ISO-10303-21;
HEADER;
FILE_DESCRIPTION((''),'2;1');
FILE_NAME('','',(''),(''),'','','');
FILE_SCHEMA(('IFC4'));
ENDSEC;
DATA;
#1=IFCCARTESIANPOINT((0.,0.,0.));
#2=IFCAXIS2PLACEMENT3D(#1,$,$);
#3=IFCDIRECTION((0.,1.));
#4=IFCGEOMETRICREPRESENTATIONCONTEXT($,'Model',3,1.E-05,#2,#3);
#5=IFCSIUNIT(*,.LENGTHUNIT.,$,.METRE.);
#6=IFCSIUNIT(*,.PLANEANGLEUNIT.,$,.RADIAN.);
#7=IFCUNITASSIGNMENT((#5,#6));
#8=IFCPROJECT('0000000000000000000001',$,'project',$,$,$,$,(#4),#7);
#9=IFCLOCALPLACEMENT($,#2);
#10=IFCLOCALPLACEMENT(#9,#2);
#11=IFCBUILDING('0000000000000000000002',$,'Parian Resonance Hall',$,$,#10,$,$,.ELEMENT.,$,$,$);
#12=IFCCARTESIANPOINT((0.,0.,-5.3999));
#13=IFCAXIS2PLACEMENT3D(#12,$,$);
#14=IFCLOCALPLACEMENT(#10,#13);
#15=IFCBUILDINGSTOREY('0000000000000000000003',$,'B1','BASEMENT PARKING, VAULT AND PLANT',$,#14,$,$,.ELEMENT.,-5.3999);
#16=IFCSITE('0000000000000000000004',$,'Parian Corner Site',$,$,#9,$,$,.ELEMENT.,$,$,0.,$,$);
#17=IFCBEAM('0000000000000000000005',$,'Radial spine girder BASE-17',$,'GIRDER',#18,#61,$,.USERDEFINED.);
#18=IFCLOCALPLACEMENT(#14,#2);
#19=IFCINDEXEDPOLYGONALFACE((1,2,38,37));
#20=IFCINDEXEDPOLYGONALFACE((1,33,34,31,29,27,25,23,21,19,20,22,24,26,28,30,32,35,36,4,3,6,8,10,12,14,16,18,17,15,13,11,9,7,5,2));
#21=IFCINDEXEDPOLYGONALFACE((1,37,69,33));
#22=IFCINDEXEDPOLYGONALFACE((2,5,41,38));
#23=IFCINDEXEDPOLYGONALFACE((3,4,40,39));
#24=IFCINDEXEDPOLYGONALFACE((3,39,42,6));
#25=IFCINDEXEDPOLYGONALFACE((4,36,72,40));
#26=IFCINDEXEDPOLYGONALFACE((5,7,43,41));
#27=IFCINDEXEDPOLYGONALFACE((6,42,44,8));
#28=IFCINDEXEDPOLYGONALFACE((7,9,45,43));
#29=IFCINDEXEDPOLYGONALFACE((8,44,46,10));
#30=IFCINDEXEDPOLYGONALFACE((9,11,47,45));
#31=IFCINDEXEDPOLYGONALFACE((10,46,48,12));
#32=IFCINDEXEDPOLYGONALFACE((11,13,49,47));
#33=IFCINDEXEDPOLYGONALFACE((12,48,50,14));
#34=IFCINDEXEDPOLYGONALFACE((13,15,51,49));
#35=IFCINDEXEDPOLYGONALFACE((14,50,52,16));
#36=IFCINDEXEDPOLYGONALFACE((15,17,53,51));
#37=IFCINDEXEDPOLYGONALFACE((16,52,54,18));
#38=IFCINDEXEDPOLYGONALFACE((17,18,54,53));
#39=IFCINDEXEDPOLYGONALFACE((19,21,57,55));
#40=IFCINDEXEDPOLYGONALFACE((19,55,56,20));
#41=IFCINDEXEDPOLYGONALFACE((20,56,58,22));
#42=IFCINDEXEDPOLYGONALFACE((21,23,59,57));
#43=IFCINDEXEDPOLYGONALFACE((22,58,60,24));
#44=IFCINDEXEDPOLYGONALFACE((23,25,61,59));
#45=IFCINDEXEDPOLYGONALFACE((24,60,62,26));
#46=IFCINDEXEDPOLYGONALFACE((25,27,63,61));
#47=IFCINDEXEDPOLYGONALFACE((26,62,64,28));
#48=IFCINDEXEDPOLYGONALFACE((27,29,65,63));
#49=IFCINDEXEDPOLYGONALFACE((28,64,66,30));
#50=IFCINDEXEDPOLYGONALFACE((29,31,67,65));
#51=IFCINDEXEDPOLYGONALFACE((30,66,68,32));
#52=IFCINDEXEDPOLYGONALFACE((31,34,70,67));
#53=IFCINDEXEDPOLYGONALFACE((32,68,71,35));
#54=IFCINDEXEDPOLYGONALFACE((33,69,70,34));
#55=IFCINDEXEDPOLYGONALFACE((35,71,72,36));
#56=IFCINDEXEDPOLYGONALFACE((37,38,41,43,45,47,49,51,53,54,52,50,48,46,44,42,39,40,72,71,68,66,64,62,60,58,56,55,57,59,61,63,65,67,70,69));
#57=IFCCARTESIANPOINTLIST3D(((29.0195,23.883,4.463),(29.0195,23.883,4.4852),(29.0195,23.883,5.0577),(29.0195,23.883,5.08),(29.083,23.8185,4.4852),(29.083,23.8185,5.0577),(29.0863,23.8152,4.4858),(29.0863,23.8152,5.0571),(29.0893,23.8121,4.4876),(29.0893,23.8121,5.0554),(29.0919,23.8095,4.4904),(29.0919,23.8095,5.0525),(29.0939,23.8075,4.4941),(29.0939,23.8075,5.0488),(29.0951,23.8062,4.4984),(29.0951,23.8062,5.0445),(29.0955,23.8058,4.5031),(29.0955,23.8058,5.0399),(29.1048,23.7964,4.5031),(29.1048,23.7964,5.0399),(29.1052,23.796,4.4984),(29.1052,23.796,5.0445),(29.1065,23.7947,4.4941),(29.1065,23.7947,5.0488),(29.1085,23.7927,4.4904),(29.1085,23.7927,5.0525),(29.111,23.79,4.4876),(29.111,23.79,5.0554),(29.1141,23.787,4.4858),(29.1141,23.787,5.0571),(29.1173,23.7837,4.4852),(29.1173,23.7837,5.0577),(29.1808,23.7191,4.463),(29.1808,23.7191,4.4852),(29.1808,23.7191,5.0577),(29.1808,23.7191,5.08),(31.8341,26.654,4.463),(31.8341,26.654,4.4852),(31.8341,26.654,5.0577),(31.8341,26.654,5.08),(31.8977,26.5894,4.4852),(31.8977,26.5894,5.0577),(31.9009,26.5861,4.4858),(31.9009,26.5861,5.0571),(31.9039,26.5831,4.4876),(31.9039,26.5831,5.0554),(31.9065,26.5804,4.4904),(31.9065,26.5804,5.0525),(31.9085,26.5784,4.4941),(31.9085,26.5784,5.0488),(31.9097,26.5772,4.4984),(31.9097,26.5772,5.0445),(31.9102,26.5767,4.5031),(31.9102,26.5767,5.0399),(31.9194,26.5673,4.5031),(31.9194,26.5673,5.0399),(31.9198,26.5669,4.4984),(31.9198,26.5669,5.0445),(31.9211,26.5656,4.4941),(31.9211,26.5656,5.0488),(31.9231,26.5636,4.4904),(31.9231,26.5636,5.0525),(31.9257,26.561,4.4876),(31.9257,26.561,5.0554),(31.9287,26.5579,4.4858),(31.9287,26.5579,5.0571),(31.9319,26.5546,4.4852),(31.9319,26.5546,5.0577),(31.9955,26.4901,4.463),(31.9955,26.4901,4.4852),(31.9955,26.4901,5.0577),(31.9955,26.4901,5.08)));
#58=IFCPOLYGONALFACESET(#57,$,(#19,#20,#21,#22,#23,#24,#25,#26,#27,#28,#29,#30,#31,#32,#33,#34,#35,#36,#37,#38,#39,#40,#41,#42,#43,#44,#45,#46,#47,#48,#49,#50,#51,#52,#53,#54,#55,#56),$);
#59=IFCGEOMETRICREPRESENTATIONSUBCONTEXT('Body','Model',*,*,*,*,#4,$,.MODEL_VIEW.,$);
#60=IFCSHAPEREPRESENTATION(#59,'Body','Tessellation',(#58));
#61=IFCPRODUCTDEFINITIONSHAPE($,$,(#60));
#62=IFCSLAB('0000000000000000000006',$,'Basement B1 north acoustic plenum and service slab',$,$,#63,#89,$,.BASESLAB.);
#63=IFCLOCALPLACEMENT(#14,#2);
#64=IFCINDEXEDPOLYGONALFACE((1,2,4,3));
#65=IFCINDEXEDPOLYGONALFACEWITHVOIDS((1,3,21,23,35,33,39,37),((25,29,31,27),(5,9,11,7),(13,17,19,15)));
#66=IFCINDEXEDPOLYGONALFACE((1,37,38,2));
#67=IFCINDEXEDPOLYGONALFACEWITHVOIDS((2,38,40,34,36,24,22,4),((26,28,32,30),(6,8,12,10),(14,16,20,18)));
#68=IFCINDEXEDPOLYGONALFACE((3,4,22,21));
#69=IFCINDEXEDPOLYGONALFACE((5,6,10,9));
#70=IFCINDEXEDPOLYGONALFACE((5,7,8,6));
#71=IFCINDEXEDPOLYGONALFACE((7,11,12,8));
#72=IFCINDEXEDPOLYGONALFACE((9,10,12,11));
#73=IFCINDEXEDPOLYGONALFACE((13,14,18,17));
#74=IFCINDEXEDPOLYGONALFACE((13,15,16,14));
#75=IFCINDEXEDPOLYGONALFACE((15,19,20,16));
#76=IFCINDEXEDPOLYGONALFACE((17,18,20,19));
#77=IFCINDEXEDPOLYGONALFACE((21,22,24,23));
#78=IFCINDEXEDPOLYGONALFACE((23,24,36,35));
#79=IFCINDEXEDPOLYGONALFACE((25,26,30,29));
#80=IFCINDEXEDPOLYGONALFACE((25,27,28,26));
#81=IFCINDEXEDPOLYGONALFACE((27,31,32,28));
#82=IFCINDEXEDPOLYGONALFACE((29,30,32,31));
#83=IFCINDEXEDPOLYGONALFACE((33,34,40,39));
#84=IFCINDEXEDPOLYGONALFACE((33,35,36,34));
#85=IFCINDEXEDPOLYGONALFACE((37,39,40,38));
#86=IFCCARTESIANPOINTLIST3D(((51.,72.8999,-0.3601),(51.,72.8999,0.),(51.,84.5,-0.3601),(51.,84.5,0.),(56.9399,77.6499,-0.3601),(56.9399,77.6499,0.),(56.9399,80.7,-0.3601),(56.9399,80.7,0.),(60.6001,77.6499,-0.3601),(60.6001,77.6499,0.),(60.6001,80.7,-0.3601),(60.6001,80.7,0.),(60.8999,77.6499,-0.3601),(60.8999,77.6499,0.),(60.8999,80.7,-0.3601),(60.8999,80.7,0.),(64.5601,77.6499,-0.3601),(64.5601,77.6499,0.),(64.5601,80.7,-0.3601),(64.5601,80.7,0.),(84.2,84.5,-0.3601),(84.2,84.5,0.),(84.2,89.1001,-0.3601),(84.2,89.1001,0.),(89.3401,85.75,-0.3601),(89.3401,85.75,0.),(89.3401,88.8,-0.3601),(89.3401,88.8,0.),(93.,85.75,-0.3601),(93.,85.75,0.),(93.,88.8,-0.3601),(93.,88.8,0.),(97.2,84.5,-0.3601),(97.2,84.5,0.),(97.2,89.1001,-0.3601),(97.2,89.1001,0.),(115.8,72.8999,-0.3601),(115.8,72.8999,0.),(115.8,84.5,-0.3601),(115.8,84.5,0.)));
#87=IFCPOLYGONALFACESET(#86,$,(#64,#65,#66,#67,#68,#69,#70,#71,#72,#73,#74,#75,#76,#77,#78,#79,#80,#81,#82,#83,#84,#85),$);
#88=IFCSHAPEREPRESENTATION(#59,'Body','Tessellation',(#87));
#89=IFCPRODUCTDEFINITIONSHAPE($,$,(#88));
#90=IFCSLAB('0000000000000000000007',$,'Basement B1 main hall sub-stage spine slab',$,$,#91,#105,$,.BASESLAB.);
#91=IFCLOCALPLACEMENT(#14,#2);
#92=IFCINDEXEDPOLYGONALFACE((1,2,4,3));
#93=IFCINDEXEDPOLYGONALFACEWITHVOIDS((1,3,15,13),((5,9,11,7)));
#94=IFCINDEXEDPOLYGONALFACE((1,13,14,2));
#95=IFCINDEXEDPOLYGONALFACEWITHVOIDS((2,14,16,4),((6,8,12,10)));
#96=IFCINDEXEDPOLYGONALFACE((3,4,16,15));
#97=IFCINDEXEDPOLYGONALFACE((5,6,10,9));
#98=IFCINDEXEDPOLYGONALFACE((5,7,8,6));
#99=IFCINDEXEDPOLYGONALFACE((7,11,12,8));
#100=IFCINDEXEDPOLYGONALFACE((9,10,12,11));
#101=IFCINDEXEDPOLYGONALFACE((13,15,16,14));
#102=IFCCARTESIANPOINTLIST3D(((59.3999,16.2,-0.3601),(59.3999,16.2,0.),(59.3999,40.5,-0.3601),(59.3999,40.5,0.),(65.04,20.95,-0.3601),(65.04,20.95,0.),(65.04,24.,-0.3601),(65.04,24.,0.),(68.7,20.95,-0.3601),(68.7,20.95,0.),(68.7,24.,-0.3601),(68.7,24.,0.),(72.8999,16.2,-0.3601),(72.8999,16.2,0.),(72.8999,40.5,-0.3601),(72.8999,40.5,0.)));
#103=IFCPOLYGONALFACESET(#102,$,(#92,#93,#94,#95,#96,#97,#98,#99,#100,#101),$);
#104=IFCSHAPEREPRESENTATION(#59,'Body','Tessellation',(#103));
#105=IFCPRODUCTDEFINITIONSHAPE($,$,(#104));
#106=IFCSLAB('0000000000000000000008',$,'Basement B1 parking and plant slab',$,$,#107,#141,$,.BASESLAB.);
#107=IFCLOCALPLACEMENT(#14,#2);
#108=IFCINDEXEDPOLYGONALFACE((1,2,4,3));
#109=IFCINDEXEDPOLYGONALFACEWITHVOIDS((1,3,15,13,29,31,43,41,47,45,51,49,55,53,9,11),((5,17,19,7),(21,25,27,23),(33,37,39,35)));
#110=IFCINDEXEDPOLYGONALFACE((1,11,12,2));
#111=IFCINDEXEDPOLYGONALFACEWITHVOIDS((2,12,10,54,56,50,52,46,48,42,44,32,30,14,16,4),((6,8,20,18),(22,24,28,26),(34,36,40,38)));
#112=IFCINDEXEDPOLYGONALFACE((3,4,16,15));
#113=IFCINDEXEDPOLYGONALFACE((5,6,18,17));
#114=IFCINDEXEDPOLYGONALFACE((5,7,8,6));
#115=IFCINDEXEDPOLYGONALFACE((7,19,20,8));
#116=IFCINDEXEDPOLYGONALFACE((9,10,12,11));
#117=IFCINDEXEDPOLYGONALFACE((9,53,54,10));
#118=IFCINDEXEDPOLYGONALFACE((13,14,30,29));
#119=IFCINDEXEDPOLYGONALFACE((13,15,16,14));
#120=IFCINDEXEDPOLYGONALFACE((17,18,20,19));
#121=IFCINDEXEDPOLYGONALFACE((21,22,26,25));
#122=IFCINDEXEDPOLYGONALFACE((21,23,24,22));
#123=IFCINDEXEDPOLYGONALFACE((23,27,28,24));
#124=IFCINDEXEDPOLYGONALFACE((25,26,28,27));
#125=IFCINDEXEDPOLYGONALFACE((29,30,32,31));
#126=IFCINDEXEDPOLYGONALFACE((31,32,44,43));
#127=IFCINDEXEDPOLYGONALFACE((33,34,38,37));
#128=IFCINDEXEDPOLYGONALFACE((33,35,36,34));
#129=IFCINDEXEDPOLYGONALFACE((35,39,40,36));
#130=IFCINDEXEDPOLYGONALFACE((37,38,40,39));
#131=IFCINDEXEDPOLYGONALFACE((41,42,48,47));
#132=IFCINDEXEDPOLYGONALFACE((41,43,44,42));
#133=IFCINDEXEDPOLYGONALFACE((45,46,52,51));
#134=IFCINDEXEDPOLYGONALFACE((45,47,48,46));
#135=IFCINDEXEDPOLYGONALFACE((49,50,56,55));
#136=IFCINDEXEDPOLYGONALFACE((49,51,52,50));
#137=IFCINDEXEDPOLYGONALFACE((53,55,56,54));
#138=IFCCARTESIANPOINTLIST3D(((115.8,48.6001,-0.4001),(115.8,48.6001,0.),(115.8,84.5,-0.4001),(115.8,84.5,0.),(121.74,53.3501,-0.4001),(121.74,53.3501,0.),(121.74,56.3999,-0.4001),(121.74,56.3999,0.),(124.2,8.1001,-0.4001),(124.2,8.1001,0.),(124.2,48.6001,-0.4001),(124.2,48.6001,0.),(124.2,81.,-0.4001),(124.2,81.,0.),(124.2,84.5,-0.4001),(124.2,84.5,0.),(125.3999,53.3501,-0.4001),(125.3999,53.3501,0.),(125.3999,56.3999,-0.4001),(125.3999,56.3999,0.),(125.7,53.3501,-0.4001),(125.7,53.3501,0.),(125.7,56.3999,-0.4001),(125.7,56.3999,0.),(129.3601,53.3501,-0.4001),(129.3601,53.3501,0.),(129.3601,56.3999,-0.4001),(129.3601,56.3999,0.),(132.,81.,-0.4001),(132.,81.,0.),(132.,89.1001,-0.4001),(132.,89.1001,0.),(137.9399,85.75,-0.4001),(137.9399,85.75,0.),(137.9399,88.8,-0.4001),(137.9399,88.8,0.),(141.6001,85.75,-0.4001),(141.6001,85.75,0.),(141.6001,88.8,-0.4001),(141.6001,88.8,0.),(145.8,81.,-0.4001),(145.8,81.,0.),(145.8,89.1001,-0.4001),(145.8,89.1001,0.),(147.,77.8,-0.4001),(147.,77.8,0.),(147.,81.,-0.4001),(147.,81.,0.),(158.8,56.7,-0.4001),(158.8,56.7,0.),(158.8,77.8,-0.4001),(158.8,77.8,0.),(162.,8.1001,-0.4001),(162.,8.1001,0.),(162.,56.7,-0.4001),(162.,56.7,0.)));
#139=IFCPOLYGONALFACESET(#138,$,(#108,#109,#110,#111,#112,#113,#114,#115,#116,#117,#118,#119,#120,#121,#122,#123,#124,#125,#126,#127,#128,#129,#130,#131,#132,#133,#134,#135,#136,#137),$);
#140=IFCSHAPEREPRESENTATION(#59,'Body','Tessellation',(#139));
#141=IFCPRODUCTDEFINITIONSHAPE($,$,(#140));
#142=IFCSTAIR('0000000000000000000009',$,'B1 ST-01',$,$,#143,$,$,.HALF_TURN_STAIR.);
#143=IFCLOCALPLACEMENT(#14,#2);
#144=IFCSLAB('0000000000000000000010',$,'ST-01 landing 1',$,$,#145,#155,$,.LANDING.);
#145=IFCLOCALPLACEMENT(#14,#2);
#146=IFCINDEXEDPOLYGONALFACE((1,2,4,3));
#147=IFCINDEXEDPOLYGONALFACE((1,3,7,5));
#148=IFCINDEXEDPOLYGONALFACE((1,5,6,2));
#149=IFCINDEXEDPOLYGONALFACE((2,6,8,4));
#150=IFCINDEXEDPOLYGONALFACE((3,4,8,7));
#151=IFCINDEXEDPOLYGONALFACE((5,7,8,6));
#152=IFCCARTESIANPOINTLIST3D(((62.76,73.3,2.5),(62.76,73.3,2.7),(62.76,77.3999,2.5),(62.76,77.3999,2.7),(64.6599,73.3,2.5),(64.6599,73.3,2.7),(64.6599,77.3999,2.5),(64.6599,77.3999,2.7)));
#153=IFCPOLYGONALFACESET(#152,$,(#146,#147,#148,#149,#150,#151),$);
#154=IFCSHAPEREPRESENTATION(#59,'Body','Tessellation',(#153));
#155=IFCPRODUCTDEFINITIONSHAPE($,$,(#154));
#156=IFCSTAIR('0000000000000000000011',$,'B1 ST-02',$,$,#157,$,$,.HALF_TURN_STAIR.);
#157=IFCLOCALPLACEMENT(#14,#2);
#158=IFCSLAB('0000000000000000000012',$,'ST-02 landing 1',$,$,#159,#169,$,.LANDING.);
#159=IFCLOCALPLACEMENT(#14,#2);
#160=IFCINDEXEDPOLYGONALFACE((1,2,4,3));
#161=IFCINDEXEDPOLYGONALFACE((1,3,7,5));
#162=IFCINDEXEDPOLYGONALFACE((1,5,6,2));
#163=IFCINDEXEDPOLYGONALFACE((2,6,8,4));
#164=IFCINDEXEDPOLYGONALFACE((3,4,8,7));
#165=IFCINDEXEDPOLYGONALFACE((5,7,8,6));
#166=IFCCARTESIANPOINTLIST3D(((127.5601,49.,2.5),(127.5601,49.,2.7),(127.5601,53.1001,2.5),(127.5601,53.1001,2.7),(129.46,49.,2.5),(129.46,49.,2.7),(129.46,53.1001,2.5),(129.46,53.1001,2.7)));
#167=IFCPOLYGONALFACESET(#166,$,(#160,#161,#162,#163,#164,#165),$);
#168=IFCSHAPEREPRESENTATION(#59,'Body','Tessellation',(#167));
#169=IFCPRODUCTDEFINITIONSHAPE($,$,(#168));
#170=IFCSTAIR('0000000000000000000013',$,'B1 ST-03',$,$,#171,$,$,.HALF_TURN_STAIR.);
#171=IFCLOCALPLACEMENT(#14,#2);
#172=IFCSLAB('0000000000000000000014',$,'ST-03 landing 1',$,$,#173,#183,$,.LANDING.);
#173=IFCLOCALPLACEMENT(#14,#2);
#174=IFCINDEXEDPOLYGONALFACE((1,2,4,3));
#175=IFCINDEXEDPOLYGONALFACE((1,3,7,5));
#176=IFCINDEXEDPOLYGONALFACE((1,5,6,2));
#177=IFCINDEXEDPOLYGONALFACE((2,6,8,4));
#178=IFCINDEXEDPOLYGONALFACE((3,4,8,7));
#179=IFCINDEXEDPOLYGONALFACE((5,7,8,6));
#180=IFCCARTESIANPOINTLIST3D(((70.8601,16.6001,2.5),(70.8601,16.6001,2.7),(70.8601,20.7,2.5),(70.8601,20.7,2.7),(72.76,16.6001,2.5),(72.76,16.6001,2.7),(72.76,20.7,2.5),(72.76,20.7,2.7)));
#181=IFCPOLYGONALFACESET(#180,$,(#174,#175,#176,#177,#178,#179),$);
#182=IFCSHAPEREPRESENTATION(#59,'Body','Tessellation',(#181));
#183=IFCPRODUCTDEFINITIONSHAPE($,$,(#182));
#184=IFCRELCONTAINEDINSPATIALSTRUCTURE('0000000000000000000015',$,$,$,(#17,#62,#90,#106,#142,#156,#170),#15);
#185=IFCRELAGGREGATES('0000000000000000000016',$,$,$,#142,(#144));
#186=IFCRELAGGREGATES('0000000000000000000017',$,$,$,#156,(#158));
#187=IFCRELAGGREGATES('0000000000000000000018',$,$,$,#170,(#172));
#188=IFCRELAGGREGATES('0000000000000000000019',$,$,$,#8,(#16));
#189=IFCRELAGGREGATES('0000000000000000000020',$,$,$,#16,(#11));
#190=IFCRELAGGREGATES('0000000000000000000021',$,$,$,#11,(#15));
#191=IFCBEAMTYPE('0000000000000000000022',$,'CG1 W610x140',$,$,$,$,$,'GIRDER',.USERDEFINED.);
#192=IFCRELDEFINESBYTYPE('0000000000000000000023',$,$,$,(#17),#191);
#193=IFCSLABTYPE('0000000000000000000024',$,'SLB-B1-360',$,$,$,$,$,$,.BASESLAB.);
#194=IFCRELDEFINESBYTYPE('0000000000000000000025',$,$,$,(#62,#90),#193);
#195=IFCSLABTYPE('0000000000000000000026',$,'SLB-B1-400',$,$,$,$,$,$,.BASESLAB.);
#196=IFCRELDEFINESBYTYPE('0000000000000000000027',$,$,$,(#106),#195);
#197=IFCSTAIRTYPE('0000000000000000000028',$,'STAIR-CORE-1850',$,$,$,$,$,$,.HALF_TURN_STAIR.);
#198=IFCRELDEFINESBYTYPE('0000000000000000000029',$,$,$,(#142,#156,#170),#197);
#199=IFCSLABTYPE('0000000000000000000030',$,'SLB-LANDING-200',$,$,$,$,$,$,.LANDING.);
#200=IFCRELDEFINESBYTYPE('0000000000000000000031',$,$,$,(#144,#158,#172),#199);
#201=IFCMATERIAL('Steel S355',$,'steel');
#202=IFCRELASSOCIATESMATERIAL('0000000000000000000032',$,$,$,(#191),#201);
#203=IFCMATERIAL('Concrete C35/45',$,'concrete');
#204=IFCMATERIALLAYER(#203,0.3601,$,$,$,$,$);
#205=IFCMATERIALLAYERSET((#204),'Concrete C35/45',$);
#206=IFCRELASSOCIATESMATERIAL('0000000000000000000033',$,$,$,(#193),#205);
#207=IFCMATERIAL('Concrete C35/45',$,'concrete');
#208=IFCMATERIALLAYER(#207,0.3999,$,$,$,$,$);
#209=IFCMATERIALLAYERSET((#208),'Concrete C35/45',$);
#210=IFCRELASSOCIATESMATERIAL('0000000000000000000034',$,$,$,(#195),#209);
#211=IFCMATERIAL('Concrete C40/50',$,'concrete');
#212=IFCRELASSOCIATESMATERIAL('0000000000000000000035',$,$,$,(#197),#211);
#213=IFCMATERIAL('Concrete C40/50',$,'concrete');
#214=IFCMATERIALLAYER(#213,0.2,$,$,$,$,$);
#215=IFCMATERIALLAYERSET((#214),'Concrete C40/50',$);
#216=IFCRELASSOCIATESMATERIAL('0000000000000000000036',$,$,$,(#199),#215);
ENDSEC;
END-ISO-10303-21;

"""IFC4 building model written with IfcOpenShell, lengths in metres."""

from ifc_helpers import new_model, si_unit, direction, frame, origin, origin_2d, place, context, subcontext, project, spatial, polyline, i_section, outline, extrude, material, layer, layer_set, material_profile, profile_set, type_object, element, aggregate, save


model = new_model("IFC4")

# Units and contexts
model_context = context("Model", 3, precision=1e-05, world=origin(), true_north=direction((0.0, 1.0)))
body_context = subcontext(model_context, "Body", "Model", "MODEL_VIEW")
ifc_project = project(units=[si_unit("LENGTHUNIT", "METRE"), si_unit("PLANEANGLEUNIT", "RADIAN")], contexts=[model_context])

# Site, building, storey
site_placement = place(None, origin())
site = spatial("IfcSite", under=ifc_project, at=site_placement, Name="Parian Corner Site", CompositionType="ELEMENT", RefElevation=0.0)
building_placement = place(site_placement, origin())
building = spatial("IfcBuilding", under=site, at=building_placement, Name="Parian Resonance Hall", CompositionType="ELEMENT")
storey_placement = place(building_placement, frame((0.0, 0.0, -5.3999)))
storey = spatial("IfcBuildingStorey", under=building, at=storey_placement, Name="B1", Description="BASEMENT PARKING, VAULT AND PLANT", CompositionType="ELEMENT", Elevation=-5.3999)

# Beam
ifc_material_1 = material(Name="Steel S355", Category="steel")
ifc_material_profile_1 = material_profile(ifc_material_1, i_section(OverallWidth=0.23, OverallDepth=0.6169, WebThickness=0.0132, FlangeThickness=0.0222, FilletRadius=0.0178, at=origin_2d()), Name="W610x140")
ifc_profile_set_1 = profile_set([ifc_material_profile_1], Name="Steel S355")
beam_type_1 = type_object("IfcBeamType", Name="CG1 W610x140", ElementType="GIRDER", PredefinedType="USERDEFINED", material=ifc_profile_set_1)
beam_1_placement = place(storey_placement, frame((31.9148, 26.572, 4.7715), z_axis=(-0.712617, -0.701553, 0.0), x_axis=(0.701553, -0.712617, 0.0)))
element("IfcBeam", 1, at=beam_1_placement, inside=storey, type_object=beam_type_1, Name="Radial spine girder BASE-17", ObjectType="GIRDER", PredefinedType="USERDEFINED", context=body_context, shape_type="SweptSolid", body=[
    extrude(i_section(OverallWidth=0.23, OverallDepth=0.6169, WebThickness=0.0132, FlangeThickness=0.0222, FilletRadius=0.0178, at=origin_2d()), origin(), (0.0, 0.0, 1.0), 3.9497),
])

# Slabs
ifc_material_2 = material(Name="Concrete C35/45", Category="concrete")
ifc_layer_1 = layer(ifc_material_2, 0.3601)
ifc_layer_set_1 = layer_set([ifc_layer_1], Name="Concrete C35/45")
slab_type_1 = type_object("IfcSlabType", Name="SLB-B1-360", PredefinedType="BASESLAB", material=ifc_layer_set_1)
slab_1_placement = place(storey_placement, frame((0.0, 0.0, -0.3601)))
element("IfcSlab", 2, at=slab_1_placement, inside=storey, type_object=slab_type_1, Name="Basement B1 north acoustic plenum and service slab", PredefinedType="BASESLAB", context=body_context, shape_type="SweptSolid", body=[
    extrude(outline(polyline([(115.8, 84.5), (97.2, 84.5), (97.2, 89.1001), (84.2, 89.1001), (84.2, 84.5), (51.0, 84.5), (51.0, 72.8999), (115.8, 72.8999), (115.8, 84.5)]), holes=[polyline([(56.9399, 80.7), (60.6001, 80.7), (60.6001, 77.6499), (56.9399, 77.6499), (56.9399, 80.7)]), polyline([(64.5601, 80.7), (64.5601, 77.6499), (60.8999, 77.6499), (60.8999, 80.7), (64.5601, 80.7)]), polyline([(93.0, 88.8), (93.0, 85.75), (89.3401, 85.75), (89.3401, 88.8), (93.0, 88.8)])]), origin(), (0.0, 0.0, 1.0), 0.3601),
])
slab_2_placement = place(storey_placement, frame((0.0, 0.0, -0.3601)))
element("IfcSlab", 3, at=slab_2_placement, inside=storey, type_object=slab_type_1, Name="Basement B1 main hall sub-stage spine slab", PredefinedType="BASESLAB", context=body_context, shape_type="SweptSolid", body=[
    extrude(outline(polyline([(59.3999, 16.2), (72.8999, 16.2), (72.8999, 40.5), (59.3999, 40.5), (59.3999, 16.2)]), holes=[polyline([(65.04, 20.95), (65.04, 24.0), (68.7, 24.0), (68.7, 20.95), (65.04, 20.95)])]), origin(), (0.0, 0.0, 1.0), 0.3601),
])
ifc_material_3 = material(Name="Concrete C35/45", Category="concrete")
ifc_layer_2 = layer(ifc_material_3, 0.3999)
ifc_layer_set_2 = layer_set([ifc_layer_2], Name="Concrete C35/45")
slab_type_2 = type_object("IfcSlabType", Name="SLB-B1-400", PredefinedType="BASESLAB", material=ifc_layer_set_2)
slab_3_placement = place(storey_placement, frame((0.0, 0.0, -0.4001)))
element("IfcSlab", 4, at=slab_3_placement, inside=storey, type_object=slab_type_2, Name="Basement B1 parking and plant slab", PredefinedType="BASESLAB", context=body_context, shape_type="SweptSolid", body=[
    extrude(outline(polyline([(162.0, 8.1001), (162.0, 56.7), (158.8, 56.7), (158.8, 77.8), (147.0, 77.8), (147.0, 81.0), (145.8, 81.0), (145.8, 89.1001), (132.0, 89.1001), (132.0, 81.0), (124.2, 81.0), (124.2, 84.5), (115.8, 84.5), (115.8, 48.6001), (124.2, 48.6001), (124.2, 8.1001), (162.0, 8.1001)]), holes=[polyline([(121.74, 56.3999), (125.3999, 56.3999), (125.3999, 53.3501), (121.74, 53.3501), (121.74, 56.3999)]), polyline([(129.3601, 56.3999), (129.3601, 53.3501), (125.7, 53.3501), (125.7, 56.3999), (129.3601, 56.3999)]), polyline([(141.6001, 88.8), (141.6001, 85.75), (137.9399, 85.75), (137.9399, 88.8), (141.6001, 88.8)])]), origin(), (0.0, 0.0, 1.0), 0.4001),
])

# Stairs, slabs
ifc_material_4 = material(Name="Concrete C40/50", Category="concrete")
stair_type_1 = type_object("IfcStairType", Name="STAIR-CORE-1850", PredefinedType="HALF_TURN_STAIR", material=ifc_material_4)
stair_1_placement = place(storey_placement, origin())
stair_1 = element("IfcStair", 5, at=stair_1_placement, inside=storey, type_object=stair_type_1, Name="B1 ST-01", PredefinedType="HALF_TURN_STAIR")
ifc_material_5 = material(Name="Concrete C40/50", Category="concrete")
ifc_layer_3 = layer(ifc_material_5, 0.2)
ifc_layer_set_3 = layer_set([ifc_layer_3], Name="Concrete C40/50")
slab_type_3 = type_object("IfcSlabType", Name="SLB-LANDING-200", PredefinedType="LANDING", material=ifc_layer_set_3)
slab_4_placement = place(storey_placement, frame((0.0, 0.0, 2.5)))
slab_4 = element("IfcSlab", 6, at=slab_4_placement, type_object=slab_type_3, Name="ST-01 landing 1", PredefinedType="LANDING", context=body_context, shape_type="SweptSolid", body=[
    extrude(outline(polyline([(62.76, 73.3), (64.6599, 73.3), (64.6599, 77.3999), (62.76, 77.3999), (62.76, 73.3)])), origin(), (0.0, 0.0, 1.0), 0.2),
])
aggregate(stair_1, [slab_4])
stair_2_placement = place(storey_placement, origin())
stair_2 = element("IfcStair", 7, at=stair_2_placement, inside=storey, type_object=stair_type_1, Name="B1 ST-02", PredefinedType="HALF_TURN_STAIR")
slab_5_placement = place(storey_placement, frame((0.0, 0.0, 2.5)))
slab_5 = element("IfcSlab", 8, at=slab_5_placement, type_object=slab_type_3, Name="ST-02 landing 1", PredefinedType="LANDING", context=body_context, shape_type="SweptSolid", body=[
    extrude(outline(polyline([(127.5601, 49.0), (129.46, 49.0), (129.46, 53.1001), (127.5601, 53.1001), (127.5601, 49.0)])), origin(), (0.0, 0.0, 1.0), 0.2),
])
aggregate(stair_2, [slab_5])
stair_3_placement = place(storey_placement, origin())
stair_3 = element("IfcStair", 9, at=stair_3_placement, inside=storey, type_object=stair_type_1, Name="B1 ST-03", PredefinedType="HALF_TURN_STAIR")
slab_6_placement = place(storey_placement, frame((0.0, 0.0, 2.5)))
slab_6 = element("IfcSlab", 10, at=slab_6_placement, type_object=slab_type_3, Name="ST-03 landing 1", PredefinedType="LANDING", context=body_context, shape_type="SweptSolid", body=[
    extrude(outline(polyline([(70.8601, 16.6001), (72.76, 16.6001), (72.76, 20.7), (70.8601, 20.7), (70.8601, 16.6001)])), origin(), (0.0, 0.0, 1.0), 0.2),
])
aggregate(stair_3, [slab_6])

save(model, "model.ifc")
